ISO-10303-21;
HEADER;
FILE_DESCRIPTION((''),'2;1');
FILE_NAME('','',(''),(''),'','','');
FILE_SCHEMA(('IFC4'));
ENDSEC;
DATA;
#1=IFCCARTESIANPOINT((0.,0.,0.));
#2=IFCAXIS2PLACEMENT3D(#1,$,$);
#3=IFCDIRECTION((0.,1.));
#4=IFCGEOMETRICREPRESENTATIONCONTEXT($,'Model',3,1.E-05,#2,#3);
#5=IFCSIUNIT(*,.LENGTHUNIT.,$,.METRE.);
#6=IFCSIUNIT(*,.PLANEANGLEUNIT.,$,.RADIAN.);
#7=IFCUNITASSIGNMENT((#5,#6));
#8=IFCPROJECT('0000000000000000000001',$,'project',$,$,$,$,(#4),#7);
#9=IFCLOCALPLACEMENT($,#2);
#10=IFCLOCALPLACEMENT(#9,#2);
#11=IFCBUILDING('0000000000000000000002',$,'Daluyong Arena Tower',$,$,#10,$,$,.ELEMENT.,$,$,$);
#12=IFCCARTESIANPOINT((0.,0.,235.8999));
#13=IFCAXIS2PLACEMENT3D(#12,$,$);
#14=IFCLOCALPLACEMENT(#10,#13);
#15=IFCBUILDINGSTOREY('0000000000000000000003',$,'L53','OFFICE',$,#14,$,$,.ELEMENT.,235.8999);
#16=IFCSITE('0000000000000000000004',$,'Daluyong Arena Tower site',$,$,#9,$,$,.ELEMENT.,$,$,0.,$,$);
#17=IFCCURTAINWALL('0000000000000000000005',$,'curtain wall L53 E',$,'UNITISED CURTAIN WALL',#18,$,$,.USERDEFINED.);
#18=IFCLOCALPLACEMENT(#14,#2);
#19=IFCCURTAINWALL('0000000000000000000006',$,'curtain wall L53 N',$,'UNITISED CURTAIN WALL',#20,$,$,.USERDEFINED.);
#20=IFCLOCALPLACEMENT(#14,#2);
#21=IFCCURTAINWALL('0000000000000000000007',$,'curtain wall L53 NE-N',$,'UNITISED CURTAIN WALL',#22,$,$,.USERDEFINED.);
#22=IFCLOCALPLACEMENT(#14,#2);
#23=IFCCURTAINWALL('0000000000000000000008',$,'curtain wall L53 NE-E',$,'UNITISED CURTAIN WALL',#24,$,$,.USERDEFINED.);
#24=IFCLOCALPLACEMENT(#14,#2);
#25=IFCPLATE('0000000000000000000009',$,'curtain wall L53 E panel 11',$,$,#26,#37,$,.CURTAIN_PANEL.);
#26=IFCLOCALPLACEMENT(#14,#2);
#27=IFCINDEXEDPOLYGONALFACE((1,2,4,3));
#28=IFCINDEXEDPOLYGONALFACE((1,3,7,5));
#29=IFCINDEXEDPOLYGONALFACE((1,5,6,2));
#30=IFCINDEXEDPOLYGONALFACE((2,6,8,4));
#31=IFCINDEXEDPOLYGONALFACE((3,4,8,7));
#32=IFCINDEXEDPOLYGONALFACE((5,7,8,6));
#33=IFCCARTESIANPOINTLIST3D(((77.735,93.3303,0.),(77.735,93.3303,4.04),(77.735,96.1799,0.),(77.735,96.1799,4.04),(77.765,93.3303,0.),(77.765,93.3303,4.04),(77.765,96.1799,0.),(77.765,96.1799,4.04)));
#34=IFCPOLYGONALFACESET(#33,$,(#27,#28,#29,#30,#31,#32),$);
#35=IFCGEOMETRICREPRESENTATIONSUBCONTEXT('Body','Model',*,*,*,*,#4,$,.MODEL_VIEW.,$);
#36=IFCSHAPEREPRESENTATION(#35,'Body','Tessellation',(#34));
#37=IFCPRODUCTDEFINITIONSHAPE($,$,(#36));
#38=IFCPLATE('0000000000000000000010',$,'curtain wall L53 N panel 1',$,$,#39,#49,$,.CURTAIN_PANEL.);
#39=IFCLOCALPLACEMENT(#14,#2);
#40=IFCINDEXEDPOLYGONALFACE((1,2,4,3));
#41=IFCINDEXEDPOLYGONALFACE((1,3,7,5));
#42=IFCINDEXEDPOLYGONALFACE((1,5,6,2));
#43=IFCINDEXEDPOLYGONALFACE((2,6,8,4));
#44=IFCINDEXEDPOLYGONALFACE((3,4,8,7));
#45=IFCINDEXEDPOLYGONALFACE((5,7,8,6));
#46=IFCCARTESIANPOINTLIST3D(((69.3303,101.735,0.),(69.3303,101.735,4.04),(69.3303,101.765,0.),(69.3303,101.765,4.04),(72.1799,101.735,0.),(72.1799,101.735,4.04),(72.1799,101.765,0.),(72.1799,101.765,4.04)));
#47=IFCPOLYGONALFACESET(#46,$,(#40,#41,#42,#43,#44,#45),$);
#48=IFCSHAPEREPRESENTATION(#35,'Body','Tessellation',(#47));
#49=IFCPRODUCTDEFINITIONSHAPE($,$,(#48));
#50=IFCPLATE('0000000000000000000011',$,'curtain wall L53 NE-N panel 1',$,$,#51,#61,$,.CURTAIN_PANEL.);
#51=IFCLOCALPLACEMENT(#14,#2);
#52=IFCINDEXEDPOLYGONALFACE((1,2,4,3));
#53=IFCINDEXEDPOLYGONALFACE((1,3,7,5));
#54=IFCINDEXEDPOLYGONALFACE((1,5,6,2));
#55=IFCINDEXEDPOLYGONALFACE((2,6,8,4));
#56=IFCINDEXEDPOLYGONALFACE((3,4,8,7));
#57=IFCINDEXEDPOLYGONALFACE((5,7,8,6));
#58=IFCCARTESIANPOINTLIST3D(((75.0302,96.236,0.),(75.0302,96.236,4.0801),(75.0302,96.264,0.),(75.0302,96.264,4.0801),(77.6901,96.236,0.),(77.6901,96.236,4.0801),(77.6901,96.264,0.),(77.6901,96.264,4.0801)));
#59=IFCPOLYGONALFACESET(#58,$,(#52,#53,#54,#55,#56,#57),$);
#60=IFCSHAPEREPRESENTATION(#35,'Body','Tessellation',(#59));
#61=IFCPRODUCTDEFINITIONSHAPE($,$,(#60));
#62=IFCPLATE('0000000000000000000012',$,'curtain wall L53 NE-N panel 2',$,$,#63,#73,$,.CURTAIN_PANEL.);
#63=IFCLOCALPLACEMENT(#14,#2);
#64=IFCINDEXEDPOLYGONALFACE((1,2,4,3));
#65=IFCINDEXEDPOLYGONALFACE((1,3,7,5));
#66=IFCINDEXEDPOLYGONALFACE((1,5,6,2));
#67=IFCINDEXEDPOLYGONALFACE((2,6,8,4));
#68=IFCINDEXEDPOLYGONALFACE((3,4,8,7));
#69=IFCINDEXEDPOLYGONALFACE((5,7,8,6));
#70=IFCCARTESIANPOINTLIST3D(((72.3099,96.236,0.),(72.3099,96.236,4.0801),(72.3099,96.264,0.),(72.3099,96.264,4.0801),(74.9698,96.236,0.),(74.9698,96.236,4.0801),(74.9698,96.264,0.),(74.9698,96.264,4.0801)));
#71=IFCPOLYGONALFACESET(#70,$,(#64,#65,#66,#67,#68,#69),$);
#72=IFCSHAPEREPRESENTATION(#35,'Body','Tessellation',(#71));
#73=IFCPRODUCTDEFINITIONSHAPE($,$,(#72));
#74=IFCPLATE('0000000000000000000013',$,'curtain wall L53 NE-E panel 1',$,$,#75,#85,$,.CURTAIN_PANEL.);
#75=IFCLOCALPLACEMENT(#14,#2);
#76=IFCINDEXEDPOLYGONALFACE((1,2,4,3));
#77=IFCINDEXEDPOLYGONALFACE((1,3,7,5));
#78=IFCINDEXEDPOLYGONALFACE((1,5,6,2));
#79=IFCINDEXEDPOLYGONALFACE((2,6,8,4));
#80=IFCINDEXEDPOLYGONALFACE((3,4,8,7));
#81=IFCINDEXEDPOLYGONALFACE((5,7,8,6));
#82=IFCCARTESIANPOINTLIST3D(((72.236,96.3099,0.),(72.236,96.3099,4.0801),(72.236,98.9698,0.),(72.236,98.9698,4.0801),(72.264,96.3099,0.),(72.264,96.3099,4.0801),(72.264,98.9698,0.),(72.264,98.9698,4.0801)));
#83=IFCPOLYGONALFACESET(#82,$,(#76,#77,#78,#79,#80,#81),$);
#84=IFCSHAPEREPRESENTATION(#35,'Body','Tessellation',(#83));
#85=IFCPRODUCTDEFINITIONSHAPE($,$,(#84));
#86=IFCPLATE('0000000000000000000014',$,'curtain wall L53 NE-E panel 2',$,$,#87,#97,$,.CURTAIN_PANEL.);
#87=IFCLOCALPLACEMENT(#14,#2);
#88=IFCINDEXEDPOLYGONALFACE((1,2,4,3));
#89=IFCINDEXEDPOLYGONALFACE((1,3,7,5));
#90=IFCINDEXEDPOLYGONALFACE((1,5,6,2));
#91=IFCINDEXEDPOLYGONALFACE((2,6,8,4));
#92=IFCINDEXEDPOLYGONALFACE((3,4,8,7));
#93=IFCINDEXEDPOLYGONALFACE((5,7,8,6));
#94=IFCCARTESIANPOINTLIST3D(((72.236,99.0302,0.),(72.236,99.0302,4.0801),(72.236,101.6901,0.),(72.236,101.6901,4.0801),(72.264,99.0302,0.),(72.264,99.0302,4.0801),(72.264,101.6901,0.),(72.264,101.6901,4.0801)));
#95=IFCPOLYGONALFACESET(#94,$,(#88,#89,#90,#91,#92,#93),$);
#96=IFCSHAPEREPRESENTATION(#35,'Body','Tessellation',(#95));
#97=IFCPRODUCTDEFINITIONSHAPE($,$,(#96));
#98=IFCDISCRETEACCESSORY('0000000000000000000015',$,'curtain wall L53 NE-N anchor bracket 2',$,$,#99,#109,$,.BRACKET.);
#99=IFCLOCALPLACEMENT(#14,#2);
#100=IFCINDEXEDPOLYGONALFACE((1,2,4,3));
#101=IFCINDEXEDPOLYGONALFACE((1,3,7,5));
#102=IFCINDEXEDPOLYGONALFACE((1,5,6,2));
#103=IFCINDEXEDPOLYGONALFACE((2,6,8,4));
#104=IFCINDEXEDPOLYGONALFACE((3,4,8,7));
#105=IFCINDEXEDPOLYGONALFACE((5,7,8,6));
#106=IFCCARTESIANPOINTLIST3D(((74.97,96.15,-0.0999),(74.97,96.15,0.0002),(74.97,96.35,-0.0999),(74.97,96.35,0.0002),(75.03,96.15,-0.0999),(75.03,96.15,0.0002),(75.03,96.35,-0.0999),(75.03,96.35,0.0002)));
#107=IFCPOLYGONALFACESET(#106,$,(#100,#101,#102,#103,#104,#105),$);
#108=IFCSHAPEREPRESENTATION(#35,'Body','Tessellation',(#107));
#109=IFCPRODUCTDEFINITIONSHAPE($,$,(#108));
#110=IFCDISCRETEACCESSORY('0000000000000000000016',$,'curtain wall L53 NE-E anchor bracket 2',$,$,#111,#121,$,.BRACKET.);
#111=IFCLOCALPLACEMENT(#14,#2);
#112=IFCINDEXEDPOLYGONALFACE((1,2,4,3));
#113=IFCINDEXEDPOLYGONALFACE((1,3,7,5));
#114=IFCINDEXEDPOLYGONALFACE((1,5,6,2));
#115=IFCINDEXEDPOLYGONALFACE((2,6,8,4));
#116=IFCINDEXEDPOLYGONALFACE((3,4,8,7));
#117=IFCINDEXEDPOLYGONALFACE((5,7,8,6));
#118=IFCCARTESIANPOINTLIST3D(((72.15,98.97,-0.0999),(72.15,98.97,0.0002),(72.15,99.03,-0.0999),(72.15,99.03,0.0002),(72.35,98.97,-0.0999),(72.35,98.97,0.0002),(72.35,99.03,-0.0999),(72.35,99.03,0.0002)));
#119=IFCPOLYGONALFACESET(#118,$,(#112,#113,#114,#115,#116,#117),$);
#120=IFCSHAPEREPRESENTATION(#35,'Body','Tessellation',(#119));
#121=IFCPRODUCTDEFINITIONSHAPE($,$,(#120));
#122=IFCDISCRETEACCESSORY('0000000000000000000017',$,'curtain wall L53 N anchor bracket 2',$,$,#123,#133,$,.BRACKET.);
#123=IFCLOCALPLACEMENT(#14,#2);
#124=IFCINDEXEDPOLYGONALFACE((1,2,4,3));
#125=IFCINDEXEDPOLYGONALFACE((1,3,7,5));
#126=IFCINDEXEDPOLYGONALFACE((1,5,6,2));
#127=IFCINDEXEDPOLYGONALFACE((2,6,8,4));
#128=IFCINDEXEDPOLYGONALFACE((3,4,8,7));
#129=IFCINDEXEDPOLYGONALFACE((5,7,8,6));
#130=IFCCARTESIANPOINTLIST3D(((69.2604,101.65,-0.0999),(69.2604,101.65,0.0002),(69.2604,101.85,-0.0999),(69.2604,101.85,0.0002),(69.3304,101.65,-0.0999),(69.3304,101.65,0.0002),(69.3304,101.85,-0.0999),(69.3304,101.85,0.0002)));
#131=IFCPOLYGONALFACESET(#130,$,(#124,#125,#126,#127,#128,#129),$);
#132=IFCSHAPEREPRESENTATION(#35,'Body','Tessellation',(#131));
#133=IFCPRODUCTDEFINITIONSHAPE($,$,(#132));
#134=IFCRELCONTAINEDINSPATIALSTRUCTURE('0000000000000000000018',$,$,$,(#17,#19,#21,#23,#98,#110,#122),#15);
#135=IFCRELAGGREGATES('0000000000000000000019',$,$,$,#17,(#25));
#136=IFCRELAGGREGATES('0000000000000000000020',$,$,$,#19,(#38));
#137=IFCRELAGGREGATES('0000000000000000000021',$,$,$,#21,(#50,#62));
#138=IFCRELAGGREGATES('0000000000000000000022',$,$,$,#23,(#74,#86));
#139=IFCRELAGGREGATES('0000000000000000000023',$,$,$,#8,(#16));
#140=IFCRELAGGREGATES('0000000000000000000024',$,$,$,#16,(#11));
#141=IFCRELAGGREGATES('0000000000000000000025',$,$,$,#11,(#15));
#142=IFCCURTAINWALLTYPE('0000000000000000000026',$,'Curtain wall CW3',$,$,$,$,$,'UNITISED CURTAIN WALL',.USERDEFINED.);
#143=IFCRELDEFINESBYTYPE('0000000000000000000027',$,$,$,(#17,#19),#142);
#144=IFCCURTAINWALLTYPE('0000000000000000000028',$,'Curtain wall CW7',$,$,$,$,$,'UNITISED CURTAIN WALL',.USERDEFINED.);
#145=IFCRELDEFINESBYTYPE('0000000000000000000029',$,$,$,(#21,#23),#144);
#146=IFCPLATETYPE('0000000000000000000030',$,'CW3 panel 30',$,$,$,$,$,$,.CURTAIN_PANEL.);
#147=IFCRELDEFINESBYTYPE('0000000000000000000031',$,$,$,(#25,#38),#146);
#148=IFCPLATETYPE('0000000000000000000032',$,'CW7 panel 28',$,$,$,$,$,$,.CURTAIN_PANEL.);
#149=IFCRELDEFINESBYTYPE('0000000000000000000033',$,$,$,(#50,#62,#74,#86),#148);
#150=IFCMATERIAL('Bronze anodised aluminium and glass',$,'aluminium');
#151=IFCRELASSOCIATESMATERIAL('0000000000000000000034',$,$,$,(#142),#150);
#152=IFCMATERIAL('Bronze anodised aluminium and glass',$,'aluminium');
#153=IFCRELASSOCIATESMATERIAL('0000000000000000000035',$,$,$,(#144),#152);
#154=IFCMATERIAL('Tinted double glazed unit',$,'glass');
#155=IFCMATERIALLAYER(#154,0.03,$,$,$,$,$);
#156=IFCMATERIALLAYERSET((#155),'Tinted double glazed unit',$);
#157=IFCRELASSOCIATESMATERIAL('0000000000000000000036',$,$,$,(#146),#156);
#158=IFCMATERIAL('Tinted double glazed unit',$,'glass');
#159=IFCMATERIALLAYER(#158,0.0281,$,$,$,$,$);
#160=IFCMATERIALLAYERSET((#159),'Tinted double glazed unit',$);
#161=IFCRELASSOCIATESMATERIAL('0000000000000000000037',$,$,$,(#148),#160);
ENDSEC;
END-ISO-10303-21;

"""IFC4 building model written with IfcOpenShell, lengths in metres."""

from ifc_helpers import new_model, si_unit, direction, frame, origin, origin_2d, place, context, subcontext, project, spatial, rectangle, extrude, material, layer, layer_set, type_object, element, aggregate, save


model = new_model("IFC4")

# Units and contexts
model_context = context("Model", 3, precision=1e-05, world=origin(), true_north=direction((0.0, 1.0)))
body_context = subcontext(model_context, "Body", "Model", "MODEL_VIEW")
ifc_project = project(units=[si_unit("LENGTHUNIT", "METRE"), si_unit("PLANEANGLEUNIT", "RADIAN")], contexts=[model_context])

# Site, building, storey
site_placement = place(None, origin())
site = spatial("IfcSite", under=ifc_project, at=site_placement, Name="Daluyong Arena Tower site", CompositionType="ELEMENT", RefElevation=0.0)
building_placement = place(site_placement, origin())
building = spatial("IfcBuilding", under=site, at=building_placement, Name="Daluyong Arena Tower", CompositionType="ELEMENT")
storey_placement = place(building_placement, frame((0.0, 0.0, 235.8999)))
storey = spatial("IfcBuildingStorey", under=building, at=storey_placement, Name="L53", Description="OFFICE", CompositionType="ELEMENT", Elevation=235.8999)

# Curtain wall
ifc_material_1 = material(Name="Bronze anodised aluminium and glass", Category="aluminium")
curtain_wall_type_1 = type_object("IfcCurtainWallType", Name="Curtain wall CW3", ElementType="UNITISED CURTAIN WALL", PredefinedType="USERDEFINED", material=ifc_material_1)
curtain_wall_1_placement = place(storey_placement, origin())
curtain_wall_1 = element("IfcCurtainWall", 1, at=curtain_wall_1_placement, inside=storey, type_object=curtain_wall_type_1, Name="curtain wall L53 E", ObjectType="UNITISED CURTAIN WALL", PredefinedType="USERDEFINED")

# Curtain walls
curtain_wall_2_placement = place(storey_placement, origin())
curtain_wall_2 = element("IfcCurtainWall", 2, at=curtain_wall_2_placement, inside=storey, type_object=curtain_wall_type_1, Name="curtain wall L53 N", ObjectType="UNITISED CURTAIN WALL", PredefinedType="USERDEFINED")
ifc_material_2 = material(Name="Bronze anodised aluminium and glass", Category="aluminium")
curtain_wall_type_2 = type_object("IfcCurtainWallType", Name="Curtain wall CW7", ElementType="UNITISED CURTAIN WALL", PredefinedType="USERDEFINED", material=ifc_material_2)
curtain_wall_3_placement = place(storey_placement, origin())
curtain_wall_3 = element("IfcCurtainWall", 3, at=curtain_wall_3_placement, inside=storey, type_object=curtain_wall_type_2, Name="curtain wall L53 NE-N", ObjectType="UNITISED CURTAIN WALL", PredefinedType="USERDEFINED")
curtain_wall_4_placement = place(storey_placement, origin())
curtain_wall_4 = element("IfcCurtainWall", 4, at=curtain_wall_4_placement, inside=storey, type_object=curtain_wall_type_2, Name="curtain wall L53 NE-E", ObjectType="UNITISED CURTAIN WALL", PredefinedType="USERDEFINED")

# Plates
ifc_material_3 = material(Name="Tinted double glazed unit", Category="glass")
ifc_layer_1 = layer(ifc_material_3, 0.03)
ifc_layer_set_1 = layer_set([ifc_layer_1], Name="Tinted double glazed unit")
plate_type_1 = type_object("IfcPlateType", Name="CW3 panel 30", PredefinedType="CURTAIN_PANEL", material=ifc_layer_set_1)
plate_1_placement = place(storey_placement, frame((77.75, 94.7551, 0.0), z_axis=(0.0, 0.0, 1.0), x_axis=(0.0, 1.0, 0.0)))
plate_1 = element("IfcPlate", 5, at=plate_1_placement, type_object=plate_type_1, Name="curtain wall L53 E panel 11", PredefinedType="CURTAIN_PANEL", context=body_context, shape_type="SweptSolid", body=[
    extrude(rectangle(XDim=2.8496, YDim=0.03, at=origin_2d()), origin(), (0.0, 0.0, 1.0), 4.04),
])
aggregate(curtain_wall_1, [plate_1])
plate_2_placement = place(storey_placement, frame((70.7551, 101.75, 0.0), z_axis=(0.0, 0.0, 1.0), x_axis=(-1.0, 0.0, 0.0)))
plate_2 = element("IfcPlate", 6, at=plate_2_placement, type_object=plate_type_1, Name="curtain wall L53 N panel 1", PredefinedType="CURTAIN_PANEL", context=body_context, shape_type="SweptSolid", body=[
    extrude(rectangle(XDim=2.8496, YDim=0.03, at=origin_2d()), origin(), (0.0, 0.0, 1.0), 4.04),
])
aggregate(curtain_wall_2, [plate_2])
ifc_material_4 = material(Name="Tinted double glazed unit", Category="glass")
ifc_layer_2 = layer(ifc_material_4, 0.0281)
ifc_layer_set_2 = layer_set([ifc_layer_2], Name="Tinted double glazed unit")
plate_type_2 = type_object("IfcPlateType", Name="CW7 panel 28", PredefinedType="CURTAIN_PANEL", material=ifc_layer_set_2)
plate_3_placement = place(storey_placement, frame((76.3601, 96.25, 0.0), z_axis=(0.0, 0.0, 1.0), x_axis=(-1.0, 0.0, 0.0)))
plate_3 = element("IfcPlate", 7, at=plate_3_placement, type_object=plate_type_2, Name="curtain wall L53 NE-N panel 1", PredefinedType="CURTAIN_PANEL", context=body_context, shape_type="SweptSolid", body=[
    extrude(rectangle(XDim=2.6599, YDim=0.0281, at=origin_2d()), origin(), (0.0, 0.0, 1.0), 4.0801),
])
plate_4_placement = place(storey_placement, frame((73.6399, 96.25, 0.0), z_axis=(0.0, 0.0, 1.0), x_axis=(-1.0, 0.0, 0.0)))
plate_4 = element("IfcPlate", 8, at=plate_4_placement, type_object=plate_type_2, Name="curtain wall L53 NE-N panel 2", PredefinedType="CURTAIN_PANEL", context=body_context, shape_type="SweptSolid", body=[
    extrude(rectangle(XDim=2.6599, YDim=0.0281, at=origin_2d()), origin(), (0.0, 0.0, 1.0), 4.0801),
])
aggregate(curtain_wall_3, [plate_3, plate_4])
plate_5_placement = place(storey_placement, frame((72.25, 97.6399, 0.0), z_axis=(0.0, 0.0, 1.0), x_axis=(0.0, 1.0, 0.0)))
plate_5 = element("IfcPlate", 9, at=plate_5_placement, type_object=plate_type_2, Name="curtain wall L53 NE-E panel 1", PredefinedType="CURTAIN_PANEL", context=body_context, shape_type="SweptSolid", body=[
    extrude(rectangle(XDim=2.6599, YDim=0.0281, at=origin_2d()), origin(), (0.0, 0.0, 1.0), 4.0801),
])
plate_6_placement = place(storey_placement, frame((72.25, 100.3601, 0.0), z_axis=(0.0, 0.0, 1.0), x_axis=(0.0, 1.0, 0.0)))
plate_6 = element("IfcPlate", 10, at=plate_6_placement, type_object=plate_type_2, Name="curtain wall L53 NE-E panel 2", PredefinedType="CURTAIN_PANEL", context=body_context, shape_type="SweptSolid", body=[
    extrude(rectangle(XDim=2.6599, YDim=0.0281, at=origin_2d()), origin(), (0.0, 0.0, 1.0), 4.0801),
])
aggregate(curtain_wall_4, [plate_5, plate_6])

# Discrete accessories
for number, where, z_axis, x_axis, name in (
    (11, (75.0, 96.25, -0.0999), (0.0, 0.0, 1.0), (-1.0, 0.0, 0.0), "curtain wall L53 NE-N anchor bracket 2"),
    (12, (72.25, 99.0, -0.0999), (0.0, 0.0, 1.0), (0.0, 1.0, 0.0), "curtain wall L53 NE-E anchor bracket 2"),
):
    element("IfcDiscreteAccessory", number, at=place(storey_placement, frame(where, z_axis=z_axis, x_axis=x_axis)), inside=storey, Name=name, PredefinedType="BRACKET", context=body_context, shape_type="SweptSolid", body=[
        extrude(rectangle(XDim=0.0601, YDim=0.2, at=origin_2d()), origin(), (0.0, 0.0, 1.0), 0.1001),
    ])
discrete_accessory_placement = place(storey_placement, frame((69.2954, 101.75, -0.0999), z_axis=(0.0, 0.0, 1.0), x_axis=(-1.0, 0.0, 0.0)))
element("IfcDiscreteAccessory", 13, at=discrete_accessory_placement, inside=storey, Name="curtain wall L53 N anchor bracket 2", PredefinedType="BRACKET", context=body_context, shape_type="SweptSolid", body=[
    extrude(rectangle(XDim=0.0701, YDim=0.2, at=origin_2d()), origin(), (0.0, 0.0, 1.0), 0.1001),
])

save(model, "model.ifc")
